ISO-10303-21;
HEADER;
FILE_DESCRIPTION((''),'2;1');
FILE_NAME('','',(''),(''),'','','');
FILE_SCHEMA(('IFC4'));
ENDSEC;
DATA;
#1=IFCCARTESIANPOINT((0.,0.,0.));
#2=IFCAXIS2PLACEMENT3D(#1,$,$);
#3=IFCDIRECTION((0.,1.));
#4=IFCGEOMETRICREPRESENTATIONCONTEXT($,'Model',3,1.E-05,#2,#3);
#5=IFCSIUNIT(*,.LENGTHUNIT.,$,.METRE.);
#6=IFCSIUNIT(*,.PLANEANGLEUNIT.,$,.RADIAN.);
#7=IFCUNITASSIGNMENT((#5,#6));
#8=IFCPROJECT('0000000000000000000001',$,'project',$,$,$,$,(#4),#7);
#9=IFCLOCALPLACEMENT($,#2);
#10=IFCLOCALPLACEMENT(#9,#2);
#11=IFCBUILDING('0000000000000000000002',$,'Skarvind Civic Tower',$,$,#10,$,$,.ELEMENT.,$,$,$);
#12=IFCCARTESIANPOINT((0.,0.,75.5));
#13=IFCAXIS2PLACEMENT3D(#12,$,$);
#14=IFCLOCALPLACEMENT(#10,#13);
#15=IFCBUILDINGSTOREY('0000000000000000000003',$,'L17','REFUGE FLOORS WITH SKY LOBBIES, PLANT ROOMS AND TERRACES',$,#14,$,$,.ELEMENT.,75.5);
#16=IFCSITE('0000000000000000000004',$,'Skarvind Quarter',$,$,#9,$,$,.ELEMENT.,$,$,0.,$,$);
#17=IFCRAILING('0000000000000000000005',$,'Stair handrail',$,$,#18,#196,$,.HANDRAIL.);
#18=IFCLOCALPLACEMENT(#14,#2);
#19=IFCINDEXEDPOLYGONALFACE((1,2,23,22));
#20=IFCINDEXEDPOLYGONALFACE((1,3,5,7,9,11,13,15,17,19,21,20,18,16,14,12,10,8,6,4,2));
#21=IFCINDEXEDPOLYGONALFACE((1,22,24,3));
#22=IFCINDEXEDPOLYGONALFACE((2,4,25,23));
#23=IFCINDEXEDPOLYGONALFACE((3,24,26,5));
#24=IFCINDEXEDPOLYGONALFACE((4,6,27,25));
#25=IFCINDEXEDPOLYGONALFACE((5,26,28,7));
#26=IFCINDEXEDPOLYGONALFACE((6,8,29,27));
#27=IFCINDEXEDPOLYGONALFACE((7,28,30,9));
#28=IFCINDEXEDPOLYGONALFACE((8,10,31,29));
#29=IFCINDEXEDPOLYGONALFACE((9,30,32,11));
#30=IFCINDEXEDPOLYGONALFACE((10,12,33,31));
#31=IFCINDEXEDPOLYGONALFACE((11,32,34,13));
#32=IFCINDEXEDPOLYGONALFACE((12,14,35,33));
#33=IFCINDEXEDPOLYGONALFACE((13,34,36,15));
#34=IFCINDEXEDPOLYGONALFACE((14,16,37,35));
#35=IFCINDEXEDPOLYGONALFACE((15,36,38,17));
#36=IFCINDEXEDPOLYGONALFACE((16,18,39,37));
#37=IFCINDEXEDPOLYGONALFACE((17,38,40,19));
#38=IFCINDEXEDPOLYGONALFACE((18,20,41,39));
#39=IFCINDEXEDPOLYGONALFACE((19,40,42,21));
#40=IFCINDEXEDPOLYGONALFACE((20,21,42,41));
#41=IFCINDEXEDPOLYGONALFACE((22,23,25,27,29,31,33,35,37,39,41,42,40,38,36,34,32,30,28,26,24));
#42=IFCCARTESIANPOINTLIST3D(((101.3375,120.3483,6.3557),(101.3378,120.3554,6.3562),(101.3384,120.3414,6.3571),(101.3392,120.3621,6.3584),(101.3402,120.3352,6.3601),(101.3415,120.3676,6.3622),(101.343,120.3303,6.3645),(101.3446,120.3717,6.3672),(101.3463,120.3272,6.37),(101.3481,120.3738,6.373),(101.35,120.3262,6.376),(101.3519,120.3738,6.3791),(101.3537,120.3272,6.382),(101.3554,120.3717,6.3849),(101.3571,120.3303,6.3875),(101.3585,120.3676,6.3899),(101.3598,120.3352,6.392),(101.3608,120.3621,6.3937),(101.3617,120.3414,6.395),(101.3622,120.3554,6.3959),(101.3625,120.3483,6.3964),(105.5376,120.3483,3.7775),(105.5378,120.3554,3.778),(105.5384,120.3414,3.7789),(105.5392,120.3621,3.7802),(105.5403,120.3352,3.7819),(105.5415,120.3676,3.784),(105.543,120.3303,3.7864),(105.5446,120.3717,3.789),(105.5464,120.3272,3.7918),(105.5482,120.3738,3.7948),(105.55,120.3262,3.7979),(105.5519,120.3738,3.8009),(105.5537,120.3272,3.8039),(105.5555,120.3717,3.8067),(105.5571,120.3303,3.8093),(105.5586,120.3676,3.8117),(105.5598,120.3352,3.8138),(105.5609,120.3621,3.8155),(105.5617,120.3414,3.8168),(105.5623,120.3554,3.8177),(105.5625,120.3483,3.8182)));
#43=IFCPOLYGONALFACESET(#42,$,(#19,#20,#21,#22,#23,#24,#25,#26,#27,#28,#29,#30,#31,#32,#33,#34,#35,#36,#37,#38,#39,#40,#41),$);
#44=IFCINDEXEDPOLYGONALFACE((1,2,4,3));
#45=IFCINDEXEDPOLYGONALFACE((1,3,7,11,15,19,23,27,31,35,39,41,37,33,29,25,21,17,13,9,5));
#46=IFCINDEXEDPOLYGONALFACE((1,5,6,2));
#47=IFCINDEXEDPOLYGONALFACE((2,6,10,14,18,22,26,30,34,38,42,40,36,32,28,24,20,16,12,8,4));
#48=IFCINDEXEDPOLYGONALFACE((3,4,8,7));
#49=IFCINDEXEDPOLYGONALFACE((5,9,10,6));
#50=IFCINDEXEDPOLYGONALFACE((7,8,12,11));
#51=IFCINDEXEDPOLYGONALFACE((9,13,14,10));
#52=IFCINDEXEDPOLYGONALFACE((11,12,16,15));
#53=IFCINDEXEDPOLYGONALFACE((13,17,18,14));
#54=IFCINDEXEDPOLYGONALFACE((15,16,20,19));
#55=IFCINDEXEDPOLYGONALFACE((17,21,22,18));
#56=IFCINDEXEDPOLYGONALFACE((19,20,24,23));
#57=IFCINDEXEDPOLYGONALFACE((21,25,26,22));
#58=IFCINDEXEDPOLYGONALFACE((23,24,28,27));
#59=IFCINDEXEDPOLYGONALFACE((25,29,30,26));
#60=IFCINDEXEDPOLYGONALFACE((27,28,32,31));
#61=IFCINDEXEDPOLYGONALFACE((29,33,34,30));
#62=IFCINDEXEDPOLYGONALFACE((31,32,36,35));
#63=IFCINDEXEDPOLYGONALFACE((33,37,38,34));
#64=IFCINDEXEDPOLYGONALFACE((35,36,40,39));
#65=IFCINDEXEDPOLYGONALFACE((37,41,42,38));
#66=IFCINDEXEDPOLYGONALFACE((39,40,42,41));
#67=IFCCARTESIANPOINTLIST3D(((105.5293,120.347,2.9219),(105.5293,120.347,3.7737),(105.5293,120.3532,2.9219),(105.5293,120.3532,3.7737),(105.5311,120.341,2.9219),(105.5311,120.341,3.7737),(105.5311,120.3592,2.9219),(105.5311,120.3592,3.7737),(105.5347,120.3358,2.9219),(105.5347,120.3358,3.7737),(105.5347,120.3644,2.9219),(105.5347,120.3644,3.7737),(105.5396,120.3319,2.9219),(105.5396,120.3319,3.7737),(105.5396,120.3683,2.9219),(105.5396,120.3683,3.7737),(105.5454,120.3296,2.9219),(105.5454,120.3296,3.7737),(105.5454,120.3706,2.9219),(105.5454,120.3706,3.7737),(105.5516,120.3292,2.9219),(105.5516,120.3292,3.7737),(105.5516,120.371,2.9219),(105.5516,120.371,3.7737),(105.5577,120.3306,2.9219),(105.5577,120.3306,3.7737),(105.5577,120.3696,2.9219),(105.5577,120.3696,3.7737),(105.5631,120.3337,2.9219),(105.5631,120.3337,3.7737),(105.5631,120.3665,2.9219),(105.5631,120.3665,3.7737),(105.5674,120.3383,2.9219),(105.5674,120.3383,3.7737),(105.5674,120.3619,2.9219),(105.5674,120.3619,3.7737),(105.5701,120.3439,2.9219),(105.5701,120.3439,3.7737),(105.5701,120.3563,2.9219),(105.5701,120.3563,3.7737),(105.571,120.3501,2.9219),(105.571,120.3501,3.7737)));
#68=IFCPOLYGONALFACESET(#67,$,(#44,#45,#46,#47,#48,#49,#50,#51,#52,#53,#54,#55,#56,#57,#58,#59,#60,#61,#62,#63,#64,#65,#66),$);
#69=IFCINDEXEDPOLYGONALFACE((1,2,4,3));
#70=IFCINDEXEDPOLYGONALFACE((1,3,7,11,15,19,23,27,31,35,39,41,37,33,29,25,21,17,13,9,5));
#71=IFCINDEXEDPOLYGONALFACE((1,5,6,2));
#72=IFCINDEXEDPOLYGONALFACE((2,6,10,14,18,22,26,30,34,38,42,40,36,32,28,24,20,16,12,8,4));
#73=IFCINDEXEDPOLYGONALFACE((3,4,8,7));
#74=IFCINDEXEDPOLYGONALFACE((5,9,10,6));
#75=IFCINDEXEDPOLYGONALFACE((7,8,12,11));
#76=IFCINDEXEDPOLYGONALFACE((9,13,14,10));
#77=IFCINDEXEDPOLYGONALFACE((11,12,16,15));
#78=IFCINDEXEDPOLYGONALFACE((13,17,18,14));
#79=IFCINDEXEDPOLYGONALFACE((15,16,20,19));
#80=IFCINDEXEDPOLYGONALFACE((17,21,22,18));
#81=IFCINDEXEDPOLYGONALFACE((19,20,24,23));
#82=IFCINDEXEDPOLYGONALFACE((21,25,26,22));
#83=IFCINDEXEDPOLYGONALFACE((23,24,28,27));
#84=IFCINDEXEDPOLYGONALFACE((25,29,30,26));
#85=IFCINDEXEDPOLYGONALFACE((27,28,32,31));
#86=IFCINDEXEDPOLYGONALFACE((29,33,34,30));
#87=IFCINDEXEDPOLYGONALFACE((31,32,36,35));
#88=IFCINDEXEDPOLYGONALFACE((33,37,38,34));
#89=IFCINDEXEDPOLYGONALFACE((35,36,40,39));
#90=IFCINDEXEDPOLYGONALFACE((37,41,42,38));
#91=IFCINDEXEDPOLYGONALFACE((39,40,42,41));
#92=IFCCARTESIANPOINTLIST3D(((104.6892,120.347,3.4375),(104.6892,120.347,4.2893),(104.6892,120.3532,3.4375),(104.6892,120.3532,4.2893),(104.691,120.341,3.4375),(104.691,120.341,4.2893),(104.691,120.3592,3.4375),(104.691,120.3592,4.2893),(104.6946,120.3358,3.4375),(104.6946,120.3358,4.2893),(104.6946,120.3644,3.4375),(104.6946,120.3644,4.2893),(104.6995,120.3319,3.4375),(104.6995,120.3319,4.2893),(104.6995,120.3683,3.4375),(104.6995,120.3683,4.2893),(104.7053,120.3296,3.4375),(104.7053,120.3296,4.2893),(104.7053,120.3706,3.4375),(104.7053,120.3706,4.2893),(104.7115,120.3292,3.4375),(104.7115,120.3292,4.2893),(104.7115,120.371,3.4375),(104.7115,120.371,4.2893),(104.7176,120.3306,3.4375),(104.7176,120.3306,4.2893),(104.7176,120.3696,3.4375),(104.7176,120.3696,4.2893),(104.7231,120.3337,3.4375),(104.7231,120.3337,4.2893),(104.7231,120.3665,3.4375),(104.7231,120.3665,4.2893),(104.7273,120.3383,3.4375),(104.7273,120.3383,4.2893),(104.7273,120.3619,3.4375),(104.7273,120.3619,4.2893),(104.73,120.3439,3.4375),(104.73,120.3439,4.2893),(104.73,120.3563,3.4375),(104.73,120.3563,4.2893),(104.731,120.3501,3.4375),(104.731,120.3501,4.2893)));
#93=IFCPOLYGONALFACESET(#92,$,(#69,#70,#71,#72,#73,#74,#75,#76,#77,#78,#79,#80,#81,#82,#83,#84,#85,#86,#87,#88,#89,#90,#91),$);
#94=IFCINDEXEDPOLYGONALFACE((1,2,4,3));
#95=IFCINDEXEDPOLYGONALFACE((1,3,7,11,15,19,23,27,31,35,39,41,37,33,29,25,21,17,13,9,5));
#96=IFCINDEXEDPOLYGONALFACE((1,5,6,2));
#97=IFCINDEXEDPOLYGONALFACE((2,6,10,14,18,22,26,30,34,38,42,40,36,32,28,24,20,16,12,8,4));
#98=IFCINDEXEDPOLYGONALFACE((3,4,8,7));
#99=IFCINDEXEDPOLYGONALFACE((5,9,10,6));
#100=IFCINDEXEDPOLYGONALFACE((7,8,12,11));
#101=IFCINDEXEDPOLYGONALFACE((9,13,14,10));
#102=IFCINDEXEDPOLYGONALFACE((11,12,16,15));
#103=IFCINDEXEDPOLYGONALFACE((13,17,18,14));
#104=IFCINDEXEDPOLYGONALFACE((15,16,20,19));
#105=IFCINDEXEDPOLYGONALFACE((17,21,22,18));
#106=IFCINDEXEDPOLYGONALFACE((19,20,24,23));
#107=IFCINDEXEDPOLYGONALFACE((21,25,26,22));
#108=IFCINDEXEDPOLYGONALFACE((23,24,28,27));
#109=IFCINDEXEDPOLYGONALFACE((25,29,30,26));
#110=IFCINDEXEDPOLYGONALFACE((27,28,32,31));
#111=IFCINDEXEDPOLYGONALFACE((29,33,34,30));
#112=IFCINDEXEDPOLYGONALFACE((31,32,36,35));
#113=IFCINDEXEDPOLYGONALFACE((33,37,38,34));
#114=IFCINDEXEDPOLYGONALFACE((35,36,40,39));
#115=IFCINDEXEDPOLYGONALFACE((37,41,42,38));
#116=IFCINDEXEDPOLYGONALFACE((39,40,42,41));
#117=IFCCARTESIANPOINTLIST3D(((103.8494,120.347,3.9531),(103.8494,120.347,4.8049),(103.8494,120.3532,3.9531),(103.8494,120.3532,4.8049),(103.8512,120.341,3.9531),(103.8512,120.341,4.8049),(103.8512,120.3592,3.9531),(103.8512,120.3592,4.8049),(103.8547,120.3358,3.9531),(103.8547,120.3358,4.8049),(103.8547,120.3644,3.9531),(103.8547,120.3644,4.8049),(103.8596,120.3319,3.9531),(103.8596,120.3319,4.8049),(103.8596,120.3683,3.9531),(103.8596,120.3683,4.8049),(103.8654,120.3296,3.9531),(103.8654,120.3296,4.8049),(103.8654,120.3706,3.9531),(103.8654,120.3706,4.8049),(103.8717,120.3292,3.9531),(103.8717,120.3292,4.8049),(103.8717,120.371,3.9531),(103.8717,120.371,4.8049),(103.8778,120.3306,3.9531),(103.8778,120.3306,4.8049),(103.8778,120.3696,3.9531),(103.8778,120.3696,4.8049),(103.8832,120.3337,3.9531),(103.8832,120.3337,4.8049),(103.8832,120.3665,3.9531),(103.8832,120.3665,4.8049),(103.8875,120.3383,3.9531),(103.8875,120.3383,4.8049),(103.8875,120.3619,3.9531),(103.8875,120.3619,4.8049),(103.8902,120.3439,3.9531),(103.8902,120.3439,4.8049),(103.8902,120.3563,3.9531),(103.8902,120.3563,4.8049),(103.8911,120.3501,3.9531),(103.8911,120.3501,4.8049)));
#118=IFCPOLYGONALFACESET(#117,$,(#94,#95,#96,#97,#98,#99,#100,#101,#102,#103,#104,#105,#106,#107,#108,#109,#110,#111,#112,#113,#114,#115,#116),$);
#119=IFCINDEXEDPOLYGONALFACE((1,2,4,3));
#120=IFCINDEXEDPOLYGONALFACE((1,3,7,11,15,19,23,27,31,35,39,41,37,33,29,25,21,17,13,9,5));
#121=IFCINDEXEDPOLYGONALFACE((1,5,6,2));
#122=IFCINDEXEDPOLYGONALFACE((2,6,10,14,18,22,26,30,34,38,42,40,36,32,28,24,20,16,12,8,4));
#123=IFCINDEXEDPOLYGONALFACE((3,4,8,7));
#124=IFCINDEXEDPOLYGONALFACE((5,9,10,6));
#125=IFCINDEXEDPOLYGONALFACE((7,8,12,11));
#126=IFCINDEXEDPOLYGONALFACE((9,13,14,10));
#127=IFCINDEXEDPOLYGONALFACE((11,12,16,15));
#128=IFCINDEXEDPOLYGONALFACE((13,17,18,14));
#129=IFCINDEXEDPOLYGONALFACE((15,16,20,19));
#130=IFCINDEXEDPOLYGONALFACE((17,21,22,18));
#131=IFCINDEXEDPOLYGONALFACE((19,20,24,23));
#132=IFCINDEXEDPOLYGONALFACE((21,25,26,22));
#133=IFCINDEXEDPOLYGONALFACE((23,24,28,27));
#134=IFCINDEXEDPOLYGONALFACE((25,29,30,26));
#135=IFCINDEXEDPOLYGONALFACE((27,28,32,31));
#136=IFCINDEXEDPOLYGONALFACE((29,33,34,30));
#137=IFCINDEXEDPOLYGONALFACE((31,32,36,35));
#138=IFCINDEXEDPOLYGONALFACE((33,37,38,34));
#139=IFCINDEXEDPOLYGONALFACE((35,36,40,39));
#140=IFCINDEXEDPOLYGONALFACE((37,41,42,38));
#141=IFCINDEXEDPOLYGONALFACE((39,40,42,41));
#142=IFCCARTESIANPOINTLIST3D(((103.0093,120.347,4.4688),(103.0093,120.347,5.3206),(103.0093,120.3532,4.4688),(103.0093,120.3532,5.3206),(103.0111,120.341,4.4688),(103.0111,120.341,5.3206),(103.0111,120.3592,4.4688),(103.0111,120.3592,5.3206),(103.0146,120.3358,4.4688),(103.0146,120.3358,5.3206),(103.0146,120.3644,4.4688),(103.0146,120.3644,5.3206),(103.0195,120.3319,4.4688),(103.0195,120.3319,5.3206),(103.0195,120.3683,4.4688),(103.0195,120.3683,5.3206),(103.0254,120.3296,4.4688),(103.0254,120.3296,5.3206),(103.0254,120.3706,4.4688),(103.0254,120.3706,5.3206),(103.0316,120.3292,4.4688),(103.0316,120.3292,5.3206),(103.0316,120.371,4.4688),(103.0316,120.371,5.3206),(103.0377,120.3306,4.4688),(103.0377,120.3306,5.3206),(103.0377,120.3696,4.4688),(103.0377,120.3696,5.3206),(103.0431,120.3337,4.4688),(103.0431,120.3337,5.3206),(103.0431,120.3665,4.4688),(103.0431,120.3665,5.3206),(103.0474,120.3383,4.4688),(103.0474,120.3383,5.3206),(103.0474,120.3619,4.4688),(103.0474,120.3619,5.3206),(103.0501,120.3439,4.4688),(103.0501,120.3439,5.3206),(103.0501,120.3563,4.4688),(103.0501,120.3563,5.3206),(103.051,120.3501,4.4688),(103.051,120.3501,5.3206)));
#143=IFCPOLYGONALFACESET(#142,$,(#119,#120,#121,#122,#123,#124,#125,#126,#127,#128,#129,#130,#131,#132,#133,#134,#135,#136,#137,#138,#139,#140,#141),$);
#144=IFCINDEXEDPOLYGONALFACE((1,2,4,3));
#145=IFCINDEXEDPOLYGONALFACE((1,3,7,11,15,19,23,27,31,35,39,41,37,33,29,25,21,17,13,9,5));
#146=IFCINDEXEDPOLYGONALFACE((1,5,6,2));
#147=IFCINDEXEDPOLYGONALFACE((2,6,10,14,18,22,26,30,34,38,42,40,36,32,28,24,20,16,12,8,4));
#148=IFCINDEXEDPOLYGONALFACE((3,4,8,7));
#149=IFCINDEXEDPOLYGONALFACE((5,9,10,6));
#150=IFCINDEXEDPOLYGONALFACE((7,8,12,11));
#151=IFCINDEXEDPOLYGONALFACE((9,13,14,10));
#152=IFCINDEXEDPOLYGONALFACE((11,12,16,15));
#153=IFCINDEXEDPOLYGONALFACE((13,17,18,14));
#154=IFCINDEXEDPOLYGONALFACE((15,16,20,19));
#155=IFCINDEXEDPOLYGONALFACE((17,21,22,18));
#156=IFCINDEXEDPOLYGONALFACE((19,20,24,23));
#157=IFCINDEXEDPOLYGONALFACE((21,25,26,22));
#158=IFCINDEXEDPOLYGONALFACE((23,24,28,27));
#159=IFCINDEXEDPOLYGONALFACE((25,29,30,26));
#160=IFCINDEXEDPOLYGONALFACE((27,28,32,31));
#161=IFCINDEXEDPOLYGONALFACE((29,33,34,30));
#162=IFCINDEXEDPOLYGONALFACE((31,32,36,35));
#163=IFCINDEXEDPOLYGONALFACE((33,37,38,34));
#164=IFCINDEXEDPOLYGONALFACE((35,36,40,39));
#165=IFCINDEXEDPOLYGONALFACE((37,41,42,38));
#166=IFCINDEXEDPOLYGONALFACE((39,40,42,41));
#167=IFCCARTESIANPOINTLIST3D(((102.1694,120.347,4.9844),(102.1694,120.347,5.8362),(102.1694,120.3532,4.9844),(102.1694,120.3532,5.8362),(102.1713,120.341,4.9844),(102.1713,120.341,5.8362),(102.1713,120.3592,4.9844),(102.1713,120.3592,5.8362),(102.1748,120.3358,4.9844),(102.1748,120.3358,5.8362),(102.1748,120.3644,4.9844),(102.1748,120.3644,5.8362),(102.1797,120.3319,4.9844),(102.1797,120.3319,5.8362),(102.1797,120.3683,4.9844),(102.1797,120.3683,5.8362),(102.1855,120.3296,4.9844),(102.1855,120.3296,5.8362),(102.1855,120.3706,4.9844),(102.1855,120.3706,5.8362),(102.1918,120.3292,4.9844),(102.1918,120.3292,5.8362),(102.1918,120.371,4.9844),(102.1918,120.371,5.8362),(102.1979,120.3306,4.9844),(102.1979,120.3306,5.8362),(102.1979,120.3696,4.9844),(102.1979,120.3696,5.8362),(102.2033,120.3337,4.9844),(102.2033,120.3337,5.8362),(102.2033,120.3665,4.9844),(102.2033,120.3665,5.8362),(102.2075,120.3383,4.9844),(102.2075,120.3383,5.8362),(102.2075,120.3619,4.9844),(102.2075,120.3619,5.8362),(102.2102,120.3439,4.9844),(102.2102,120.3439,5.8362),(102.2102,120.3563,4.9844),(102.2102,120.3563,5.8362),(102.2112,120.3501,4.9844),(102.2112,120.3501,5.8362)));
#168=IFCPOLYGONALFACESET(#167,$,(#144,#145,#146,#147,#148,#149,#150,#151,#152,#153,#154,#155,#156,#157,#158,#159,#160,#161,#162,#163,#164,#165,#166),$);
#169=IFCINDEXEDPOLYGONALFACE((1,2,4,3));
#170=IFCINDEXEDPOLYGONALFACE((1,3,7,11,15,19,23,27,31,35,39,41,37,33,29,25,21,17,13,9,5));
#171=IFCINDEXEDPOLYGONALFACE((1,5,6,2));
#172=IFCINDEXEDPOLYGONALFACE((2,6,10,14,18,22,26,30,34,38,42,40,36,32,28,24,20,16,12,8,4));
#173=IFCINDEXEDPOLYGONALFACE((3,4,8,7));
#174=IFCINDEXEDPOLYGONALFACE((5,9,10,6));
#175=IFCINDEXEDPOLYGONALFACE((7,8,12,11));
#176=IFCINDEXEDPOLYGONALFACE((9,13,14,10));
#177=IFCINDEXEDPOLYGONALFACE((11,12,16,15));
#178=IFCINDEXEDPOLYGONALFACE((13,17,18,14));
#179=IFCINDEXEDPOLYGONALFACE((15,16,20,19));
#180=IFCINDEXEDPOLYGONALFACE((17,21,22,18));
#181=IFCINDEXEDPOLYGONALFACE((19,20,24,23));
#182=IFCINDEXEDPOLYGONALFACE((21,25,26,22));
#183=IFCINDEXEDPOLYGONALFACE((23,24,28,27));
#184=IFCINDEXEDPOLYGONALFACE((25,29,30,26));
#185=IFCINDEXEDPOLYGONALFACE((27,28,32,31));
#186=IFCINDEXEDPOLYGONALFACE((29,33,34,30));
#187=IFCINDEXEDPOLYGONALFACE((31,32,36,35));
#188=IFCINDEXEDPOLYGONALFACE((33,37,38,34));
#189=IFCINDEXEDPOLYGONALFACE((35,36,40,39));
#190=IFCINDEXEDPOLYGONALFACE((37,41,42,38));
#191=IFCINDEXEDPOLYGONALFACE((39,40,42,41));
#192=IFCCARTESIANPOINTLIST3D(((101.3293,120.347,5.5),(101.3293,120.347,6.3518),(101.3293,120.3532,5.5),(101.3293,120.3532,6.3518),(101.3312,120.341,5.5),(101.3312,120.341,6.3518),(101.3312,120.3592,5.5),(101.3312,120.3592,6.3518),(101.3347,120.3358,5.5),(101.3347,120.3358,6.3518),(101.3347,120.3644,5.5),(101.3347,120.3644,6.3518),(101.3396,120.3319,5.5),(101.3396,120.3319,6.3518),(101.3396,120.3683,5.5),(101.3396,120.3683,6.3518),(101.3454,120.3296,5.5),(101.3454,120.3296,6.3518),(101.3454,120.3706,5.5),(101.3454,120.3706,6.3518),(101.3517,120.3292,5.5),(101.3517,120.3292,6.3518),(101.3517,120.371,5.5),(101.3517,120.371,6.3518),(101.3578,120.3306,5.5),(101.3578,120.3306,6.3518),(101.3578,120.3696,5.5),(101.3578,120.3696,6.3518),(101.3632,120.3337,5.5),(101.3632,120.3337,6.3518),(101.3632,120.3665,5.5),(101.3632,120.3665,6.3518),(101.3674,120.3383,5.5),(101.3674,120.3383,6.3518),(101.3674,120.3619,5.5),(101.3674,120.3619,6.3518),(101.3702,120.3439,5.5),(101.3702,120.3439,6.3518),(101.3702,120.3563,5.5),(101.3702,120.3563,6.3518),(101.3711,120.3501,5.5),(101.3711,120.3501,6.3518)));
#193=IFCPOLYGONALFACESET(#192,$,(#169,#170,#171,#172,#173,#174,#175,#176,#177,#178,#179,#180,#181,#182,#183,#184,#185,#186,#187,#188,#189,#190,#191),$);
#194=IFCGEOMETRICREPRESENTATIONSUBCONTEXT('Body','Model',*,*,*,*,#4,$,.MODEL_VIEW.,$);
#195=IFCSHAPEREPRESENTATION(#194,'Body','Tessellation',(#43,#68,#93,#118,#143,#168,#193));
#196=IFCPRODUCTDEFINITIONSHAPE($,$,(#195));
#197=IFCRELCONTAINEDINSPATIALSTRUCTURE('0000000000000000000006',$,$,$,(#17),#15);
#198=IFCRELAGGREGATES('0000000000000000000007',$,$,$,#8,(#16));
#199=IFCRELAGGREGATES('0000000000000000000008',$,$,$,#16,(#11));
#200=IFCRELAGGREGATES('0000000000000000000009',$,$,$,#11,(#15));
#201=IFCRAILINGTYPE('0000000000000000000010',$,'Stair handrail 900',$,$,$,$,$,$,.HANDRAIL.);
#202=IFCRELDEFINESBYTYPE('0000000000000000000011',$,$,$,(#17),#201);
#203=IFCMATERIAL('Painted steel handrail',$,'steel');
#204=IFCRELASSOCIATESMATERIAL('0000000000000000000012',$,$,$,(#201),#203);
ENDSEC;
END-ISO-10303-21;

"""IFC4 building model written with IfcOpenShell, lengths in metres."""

from ifc_helpers import new_model, si_unit, direction, frame, origin, origin_2d, place, context, subcontext, project, spatial, circle, extrude, material, type_object, element, save


model = new_model("IFC4")

# Units and contexts
model_context = context("Model", 3, precision=1e-05, world=origin(), true_north=direction((0.0, 1.0)))
body_context = subcontext(model_context, "Body", "Model", "MODEL_VIEW")
ifc_project = project(units=[si_unit("LENGTHUNIT", "METRE"), si_unit("PLANEANGLEUNIT", "RADIAN")], contexts=[model_context])

# Site, building, storey
site_placement = place(None, origin())
site = spatial("IfcSite", under=ifc_project, at=site_placement, Name="Skarvind Quarter", CompositionType="ELEMENT", RefElevation=0.0)
building_placement = place(site_placement, origin())
building = spatial("IfcBuilding", under=site, at=building_placement, Name="Skarvind Civic Tower", CompositionType="ELEMENT")
storey_placement = place(building_placement, frame((0.0, 0.0, 75.5)))
storey = spatial("IfcBuildingStorey", under=building, at=storey_placement, Name="L17", Description="REFUGE FLOORS WITH SKY LOBBIES, PLANT ROOMS AND TERRACES", CompositionType="ELEMENT", Elevation=75.5)

# Railing
ifc_material_1 = material(Name="Painted steel handrail", Category="steel")
railing_type = type_object("IfcRailingType", Name="Stair handrail 900", PredefinedType="HANDRAIL", material=ifc_material_1)
railing_1_placement = place(storey_placement, frame((105.55, 120.3501, 2.9219)))
element("IfcRailing", 1, at=railing_1_placement, inside=storey, type_object=railing_type, Name="Stair handrail", PredefinedType="HANDRAIL", context=body_context, shape_type="SweptSolid", body=[
    extrude(circle(Radius=0.0239, at=origin_2d()), frame((0.0, 0.0, 0.876), z_axis=(-0.852243, 0.0, 0.523146), x_axis=(0.0, -1.0, 0.0)), (0.0, 0.0, 1.0), 4.9282),
    extrude(circle(Radius=0.021, at=origin_2d()), origin(), (0.0, 0.0, 1.0), 0.8518),
    extrude(circle(Radius=0.021, at=origin_2d()), frame((-0.8401, 0.0, 0.5156)), (0.0, 0.0, 1.0), 0.8518),
    extrude(circle(Radius=0.021, at=origin_2d()), frame((-1.6799, 0.0, 1.0312)), (0.0, 0.0, 1.0), 0.8518),
    extrude(circle(Radius=0.021, at=origin_2d()), frame((-2.52, 0.0, 1.5469)), (0.0, 0.0, 1.0), 0.8518),
    extrude(circle(Radius=0.021, at=origin_2d()), frame((-3.3599, 0.0, 2.0625)), (0.0, 0.0, 1.0), 0.8518),
    extrude(circle(Radius=0.021, at=origin_2d()), frame((-4.2, 0.0, 2.5781)), (0.0, 0.0, 1.0), 0.8518),
])

save(model, "model.ifc")
